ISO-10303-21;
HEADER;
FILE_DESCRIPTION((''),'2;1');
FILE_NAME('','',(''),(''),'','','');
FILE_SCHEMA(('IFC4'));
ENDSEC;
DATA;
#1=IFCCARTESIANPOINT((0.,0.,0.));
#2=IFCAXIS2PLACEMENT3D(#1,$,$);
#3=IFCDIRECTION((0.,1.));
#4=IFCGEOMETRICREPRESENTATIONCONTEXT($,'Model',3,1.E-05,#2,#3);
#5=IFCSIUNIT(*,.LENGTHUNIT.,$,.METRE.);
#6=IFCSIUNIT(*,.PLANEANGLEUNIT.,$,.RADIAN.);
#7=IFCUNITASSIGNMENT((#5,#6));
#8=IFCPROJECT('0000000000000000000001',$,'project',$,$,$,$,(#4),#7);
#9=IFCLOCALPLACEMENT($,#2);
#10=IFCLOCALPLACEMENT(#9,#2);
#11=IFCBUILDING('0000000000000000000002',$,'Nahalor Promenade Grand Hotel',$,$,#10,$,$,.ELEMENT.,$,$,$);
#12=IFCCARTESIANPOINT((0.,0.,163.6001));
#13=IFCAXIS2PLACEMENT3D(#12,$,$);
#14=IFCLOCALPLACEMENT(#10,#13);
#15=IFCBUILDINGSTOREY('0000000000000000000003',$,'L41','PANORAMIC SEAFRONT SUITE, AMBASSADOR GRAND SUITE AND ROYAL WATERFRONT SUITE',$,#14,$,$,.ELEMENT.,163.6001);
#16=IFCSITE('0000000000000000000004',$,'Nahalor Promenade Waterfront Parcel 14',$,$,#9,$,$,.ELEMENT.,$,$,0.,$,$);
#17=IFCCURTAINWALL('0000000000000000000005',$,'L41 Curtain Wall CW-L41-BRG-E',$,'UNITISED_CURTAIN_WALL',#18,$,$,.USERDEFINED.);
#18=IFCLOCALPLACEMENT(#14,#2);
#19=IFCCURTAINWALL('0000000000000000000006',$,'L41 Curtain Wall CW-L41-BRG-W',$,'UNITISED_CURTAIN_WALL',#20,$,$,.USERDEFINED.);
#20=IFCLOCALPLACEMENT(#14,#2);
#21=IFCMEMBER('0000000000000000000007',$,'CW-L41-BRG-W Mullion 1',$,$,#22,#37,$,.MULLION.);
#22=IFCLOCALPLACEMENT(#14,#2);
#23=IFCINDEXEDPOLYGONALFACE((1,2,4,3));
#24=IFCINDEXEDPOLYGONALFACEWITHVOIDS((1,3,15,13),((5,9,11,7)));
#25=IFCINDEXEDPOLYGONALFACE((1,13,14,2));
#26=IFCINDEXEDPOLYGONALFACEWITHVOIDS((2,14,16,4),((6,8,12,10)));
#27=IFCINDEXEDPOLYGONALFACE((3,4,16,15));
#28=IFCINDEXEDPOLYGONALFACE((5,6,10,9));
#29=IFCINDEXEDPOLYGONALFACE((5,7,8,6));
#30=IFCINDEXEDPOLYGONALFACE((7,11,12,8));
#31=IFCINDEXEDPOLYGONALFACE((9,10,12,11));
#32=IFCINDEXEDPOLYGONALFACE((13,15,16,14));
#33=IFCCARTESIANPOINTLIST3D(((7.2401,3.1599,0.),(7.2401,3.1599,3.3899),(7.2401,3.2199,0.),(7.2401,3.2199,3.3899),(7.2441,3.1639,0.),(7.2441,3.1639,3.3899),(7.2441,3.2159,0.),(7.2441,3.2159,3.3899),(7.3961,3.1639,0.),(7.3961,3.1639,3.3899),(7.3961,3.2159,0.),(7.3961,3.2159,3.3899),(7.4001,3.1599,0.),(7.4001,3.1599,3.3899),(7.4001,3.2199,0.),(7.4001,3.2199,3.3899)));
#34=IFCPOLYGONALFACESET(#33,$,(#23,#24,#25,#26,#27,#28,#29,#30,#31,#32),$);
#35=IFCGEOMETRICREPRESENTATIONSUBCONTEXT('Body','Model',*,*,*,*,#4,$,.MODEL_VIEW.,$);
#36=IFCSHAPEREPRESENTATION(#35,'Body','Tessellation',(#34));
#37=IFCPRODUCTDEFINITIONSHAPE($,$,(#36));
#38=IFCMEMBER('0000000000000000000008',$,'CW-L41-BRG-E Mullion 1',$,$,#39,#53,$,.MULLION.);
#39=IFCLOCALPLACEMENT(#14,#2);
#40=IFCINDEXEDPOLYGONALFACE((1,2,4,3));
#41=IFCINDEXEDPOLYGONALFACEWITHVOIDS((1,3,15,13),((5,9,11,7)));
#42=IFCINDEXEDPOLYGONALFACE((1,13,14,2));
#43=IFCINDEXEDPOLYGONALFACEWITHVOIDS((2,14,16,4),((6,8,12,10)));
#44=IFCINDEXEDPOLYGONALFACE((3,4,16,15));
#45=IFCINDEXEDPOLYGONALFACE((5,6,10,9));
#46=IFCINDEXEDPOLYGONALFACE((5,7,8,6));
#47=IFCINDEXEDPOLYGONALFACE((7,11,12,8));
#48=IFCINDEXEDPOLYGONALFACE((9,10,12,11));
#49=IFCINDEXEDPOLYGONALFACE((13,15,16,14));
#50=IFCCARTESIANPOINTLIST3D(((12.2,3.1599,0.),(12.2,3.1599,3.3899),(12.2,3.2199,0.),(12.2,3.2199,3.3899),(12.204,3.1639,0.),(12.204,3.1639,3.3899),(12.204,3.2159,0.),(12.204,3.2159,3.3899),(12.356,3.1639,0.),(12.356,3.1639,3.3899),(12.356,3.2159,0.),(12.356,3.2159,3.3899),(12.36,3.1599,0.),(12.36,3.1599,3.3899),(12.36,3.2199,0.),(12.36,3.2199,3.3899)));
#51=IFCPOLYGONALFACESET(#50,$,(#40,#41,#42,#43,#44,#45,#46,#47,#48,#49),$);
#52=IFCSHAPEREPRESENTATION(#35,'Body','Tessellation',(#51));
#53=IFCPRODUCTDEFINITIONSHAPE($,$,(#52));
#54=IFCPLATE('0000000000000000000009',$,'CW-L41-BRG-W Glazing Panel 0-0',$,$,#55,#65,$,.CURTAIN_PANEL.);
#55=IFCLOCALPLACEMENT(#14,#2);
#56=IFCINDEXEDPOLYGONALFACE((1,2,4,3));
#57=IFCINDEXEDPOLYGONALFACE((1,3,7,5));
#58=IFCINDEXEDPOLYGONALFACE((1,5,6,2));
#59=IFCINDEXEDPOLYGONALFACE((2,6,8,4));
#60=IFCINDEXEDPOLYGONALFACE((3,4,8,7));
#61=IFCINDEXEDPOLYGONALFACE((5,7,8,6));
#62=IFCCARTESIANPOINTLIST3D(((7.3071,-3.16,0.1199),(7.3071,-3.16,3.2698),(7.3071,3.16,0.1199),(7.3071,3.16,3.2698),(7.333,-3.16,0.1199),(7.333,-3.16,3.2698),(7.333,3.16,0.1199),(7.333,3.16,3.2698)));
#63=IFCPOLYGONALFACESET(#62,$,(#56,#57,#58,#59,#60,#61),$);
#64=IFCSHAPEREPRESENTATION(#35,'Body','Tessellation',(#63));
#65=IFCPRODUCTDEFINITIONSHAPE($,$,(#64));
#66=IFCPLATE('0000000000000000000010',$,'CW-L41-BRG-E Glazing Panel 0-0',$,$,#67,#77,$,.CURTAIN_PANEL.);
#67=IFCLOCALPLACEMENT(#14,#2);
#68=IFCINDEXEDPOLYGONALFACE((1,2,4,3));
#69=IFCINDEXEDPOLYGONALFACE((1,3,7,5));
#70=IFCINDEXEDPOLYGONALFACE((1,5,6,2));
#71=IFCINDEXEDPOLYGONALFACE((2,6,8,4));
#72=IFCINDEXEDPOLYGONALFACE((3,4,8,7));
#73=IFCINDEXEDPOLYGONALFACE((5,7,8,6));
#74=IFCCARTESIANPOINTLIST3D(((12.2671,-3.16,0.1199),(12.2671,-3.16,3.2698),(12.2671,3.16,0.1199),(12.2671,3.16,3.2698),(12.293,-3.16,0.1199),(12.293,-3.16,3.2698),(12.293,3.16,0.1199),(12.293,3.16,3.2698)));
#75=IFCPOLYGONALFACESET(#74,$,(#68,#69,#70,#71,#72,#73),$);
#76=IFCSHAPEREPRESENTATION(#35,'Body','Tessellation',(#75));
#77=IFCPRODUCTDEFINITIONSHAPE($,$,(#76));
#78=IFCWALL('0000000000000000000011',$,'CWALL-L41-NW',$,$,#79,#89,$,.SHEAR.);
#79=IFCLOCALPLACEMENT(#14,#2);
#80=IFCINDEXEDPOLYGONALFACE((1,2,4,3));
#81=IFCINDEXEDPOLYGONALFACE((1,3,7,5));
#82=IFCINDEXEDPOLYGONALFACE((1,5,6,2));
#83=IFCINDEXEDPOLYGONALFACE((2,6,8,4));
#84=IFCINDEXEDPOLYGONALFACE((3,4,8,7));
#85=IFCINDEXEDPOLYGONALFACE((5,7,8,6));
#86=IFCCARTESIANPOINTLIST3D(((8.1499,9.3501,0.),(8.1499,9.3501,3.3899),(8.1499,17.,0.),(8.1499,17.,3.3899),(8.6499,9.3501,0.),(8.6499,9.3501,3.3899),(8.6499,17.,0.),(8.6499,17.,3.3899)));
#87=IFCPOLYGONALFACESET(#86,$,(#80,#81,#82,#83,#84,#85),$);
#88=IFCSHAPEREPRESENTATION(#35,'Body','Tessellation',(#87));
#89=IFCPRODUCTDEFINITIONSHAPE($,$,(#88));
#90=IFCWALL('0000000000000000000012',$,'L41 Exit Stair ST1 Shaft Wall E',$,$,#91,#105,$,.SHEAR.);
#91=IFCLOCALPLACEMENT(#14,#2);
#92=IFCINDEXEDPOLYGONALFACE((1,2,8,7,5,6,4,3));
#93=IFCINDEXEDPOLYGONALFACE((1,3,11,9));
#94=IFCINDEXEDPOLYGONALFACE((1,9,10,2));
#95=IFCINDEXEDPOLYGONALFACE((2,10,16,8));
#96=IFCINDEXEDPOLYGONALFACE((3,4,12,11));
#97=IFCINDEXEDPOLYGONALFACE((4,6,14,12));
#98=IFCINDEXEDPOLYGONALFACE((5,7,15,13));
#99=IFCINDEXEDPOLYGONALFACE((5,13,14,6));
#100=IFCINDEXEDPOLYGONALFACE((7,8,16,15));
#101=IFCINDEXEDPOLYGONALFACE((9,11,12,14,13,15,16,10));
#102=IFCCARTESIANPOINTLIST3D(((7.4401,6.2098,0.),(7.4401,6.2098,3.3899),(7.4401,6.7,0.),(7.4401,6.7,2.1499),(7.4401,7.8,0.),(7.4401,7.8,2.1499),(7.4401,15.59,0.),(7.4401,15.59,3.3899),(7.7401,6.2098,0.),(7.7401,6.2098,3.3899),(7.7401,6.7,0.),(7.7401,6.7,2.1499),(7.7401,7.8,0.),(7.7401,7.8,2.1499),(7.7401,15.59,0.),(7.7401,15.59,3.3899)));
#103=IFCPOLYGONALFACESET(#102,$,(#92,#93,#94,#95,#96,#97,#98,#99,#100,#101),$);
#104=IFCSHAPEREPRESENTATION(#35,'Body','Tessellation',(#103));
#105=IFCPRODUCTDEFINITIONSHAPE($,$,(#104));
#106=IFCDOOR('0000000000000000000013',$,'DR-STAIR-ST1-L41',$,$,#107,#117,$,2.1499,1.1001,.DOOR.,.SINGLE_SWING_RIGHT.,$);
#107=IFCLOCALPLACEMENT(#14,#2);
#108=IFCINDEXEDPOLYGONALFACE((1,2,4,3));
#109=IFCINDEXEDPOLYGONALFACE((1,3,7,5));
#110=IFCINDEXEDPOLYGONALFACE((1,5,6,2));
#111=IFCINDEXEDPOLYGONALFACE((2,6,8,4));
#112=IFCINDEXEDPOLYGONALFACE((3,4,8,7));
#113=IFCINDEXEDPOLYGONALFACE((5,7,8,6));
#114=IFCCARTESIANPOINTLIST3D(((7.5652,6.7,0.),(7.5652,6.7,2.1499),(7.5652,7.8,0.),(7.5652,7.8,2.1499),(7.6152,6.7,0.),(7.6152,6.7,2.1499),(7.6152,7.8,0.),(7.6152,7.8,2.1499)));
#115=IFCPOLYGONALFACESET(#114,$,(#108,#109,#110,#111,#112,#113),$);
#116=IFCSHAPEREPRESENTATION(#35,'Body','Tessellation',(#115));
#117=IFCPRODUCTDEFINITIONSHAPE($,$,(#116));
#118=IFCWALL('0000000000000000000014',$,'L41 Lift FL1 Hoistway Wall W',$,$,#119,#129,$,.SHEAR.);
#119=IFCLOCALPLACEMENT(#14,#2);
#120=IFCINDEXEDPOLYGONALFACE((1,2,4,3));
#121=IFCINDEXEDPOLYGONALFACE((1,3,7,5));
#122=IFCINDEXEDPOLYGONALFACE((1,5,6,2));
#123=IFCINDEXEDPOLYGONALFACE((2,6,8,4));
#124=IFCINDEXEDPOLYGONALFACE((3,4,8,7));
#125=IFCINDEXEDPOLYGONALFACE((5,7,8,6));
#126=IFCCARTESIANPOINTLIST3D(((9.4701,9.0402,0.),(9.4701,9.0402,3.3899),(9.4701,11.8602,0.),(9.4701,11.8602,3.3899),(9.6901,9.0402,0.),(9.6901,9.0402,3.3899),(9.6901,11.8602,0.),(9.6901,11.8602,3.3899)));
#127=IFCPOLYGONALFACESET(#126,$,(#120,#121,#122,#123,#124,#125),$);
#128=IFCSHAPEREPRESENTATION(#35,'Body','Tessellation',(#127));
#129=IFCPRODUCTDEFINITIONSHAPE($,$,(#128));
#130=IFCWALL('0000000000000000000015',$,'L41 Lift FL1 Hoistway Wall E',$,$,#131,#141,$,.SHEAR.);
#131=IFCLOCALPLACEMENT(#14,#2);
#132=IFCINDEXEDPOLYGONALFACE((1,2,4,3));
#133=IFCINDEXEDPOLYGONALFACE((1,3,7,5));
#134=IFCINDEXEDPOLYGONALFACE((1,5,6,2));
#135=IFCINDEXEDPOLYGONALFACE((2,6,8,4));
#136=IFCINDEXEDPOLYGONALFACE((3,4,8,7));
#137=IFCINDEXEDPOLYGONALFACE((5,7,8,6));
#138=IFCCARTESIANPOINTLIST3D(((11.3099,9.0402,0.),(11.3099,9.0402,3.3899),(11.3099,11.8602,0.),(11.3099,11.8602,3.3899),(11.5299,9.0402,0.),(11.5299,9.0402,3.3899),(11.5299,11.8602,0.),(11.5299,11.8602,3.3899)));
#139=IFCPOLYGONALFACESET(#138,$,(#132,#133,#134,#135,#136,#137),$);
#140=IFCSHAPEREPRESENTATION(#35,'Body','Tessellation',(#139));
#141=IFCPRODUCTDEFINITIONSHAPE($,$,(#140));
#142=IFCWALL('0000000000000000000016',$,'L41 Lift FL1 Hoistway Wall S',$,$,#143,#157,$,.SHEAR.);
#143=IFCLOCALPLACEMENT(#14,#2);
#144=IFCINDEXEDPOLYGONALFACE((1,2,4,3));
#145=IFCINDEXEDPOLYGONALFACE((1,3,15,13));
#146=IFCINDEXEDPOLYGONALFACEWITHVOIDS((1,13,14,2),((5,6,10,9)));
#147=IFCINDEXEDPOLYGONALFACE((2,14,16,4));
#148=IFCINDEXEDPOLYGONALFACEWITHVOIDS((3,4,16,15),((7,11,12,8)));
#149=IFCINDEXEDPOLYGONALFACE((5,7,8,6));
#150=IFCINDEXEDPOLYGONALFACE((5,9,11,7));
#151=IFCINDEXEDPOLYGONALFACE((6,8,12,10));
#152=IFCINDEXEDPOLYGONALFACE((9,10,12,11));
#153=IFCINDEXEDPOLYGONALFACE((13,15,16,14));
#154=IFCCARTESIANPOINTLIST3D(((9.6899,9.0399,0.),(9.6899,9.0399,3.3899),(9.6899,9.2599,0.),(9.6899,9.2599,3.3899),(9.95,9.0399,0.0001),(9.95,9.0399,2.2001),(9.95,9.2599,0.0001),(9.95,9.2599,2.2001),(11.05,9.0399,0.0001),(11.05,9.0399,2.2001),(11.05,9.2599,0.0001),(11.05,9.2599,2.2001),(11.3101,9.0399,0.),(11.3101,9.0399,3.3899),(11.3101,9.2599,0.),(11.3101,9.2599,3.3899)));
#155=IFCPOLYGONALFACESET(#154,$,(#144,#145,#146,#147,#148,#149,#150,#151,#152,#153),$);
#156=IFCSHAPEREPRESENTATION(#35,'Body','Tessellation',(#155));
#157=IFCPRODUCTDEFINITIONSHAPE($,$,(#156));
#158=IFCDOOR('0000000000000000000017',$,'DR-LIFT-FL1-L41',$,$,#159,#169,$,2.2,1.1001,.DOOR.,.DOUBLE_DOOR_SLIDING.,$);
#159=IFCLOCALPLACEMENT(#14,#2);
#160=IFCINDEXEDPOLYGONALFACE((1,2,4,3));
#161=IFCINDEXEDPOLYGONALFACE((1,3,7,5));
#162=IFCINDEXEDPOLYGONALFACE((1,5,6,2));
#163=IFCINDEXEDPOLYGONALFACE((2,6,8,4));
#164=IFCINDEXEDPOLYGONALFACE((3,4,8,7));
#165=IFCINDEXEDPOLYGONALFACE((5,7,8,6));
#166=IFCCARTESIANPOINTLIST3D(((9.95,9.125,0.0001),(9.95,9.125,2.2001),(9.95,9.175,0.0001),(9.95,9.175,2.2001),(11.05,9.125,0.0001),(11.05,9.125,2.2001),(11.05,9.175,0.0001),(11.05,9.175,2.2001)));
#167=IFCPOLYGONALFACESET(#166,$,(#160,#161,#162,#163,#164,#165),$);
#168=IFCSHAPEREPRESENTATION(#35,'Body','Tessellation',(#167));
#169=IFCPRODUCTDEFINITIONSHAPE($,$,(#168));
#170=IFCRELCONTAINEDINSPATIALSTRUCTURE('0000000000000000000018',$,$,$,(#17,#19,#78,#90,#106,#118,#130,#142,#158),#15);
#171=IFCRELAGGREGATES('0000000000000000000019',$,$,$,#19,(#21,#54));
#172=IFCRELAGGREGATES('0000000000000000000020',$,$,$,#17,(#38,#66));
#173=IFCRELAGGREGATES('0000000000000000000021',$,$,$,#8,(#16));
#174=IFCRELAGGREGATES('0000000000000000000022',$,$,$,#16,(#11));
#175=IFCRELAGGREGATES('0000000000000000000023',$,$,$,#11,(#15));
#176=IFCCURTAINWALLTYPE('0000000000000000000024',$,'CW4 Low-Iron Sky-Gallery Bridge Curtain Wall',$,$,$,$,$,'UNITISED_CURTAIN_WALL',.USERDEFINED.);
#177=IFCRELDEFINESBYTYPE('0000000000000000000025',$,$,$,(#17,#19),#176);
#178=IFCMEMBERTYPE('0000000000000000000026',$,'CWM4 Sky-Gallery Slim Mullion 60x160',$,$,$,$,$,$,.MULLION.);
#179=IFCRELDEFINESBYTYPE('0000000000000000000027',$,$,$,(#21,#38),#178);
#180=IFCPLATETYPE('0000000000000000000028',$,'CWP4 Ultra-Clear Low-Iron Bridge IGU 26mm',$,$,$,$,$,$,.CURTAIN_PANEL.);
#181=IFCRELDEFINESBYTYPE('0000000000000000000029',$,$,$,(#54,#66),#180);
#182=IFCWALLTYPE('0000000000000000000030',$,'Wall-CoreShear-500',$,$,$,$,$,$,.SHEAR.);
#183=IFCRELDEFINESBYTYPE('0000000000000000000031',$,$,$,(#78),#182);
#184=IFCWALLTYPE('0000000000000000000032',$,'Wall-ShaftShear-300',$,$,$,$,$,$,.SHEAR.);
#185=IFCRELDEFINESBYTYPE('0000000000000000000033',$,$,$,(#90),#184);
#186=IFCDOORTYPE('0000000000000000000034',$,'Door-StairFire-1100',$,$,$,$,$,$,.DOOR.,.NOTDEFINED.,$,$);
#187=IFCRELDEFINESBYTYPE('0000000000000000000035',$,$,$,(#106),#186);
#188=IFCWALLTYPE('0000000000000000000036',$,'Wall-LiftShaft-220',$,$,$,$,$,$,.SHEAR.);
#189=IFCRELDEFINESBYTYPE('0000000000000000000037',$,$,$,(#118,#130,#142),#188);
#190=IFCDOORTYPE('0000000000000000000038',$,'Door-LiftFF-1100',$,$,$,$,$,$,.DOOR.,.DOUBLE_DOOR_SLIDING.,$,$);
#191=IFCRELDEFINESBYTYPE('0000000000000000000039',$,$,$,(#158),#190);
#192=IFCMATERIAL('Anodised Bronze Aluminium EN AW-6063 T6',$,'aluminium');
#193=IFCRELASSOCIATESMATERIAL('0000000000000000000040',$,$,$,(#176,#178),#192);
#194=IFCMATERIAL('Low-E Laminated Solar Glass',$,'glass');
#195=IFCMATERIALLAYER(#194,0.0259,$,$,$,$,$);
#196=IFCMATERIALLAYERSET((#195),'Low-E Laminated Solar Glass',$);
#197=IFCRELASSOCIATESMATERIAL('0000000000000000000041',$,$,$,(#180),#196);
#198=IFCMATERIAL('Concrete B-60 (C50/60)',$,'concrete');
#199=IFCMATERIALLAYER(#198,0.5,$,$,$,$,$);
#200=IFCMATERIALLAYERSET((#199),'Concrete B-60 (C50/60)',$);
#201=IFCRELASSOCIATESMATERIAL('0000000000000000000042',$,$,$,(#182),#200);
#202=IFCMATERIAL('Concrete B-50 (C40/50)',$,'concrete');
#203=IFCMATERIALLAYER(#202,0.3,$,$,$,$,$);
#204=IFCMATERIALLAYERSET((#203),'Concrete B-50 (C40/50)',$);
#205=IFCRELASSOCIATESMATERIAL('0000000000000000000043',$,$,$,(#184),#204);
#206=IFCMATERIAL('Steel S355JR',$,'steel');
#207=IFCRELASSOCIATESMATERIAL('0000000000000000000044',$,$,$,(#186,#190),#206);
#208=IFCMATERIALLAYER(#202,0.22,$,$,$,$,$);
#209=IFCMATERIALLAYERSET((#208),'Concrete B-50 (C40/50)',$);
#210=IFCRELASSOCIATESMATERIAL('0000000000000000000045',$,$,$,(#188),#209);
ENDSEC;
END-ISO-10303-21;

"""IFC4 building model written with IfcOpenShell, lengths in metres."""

from ifc_helpers import new_model, si_unit, direction, frame, frame_2d, origin, origin_2d, place, context, subcontext, project, spatial, rectangle, hollow_rectangle, extrude, source, transform, mapped, material, layer, layer_set, material_profile, profile_set, type_object, element, fill, aggregate, save


model = new_model("IFC4")

# Units and contexts
model_context = context("Model", 3, precision=1e-05, world=origin(), true_north=direction((0.0, 1.0)))
body_context = subcontext(model_context, "Body", "Model", "MODEL_VIEW")
ifc_project = project(units=[si_unit("LENGTHUNIT", "METRE"), si_unit("PLANEANGLEUNIT", "RADIAN")], contexts=[model_context])

# Site, building, storey
site_placement = place(None, origin())
site = spatial("IfcSite", under=ifc_project, at=site_placement, Name="Nahalor Promenade Waterfront Parcel 14", CompositionType="ELEMENT", RefElevation=0.0)
building_placement = place(site_placement, origin())
building = spatial("IfcBuilding", under=site, at=building_placement, Name="Nahalor Promenade Grand Hotel", CompositionType="ELEMENT")
storey_placement = place(building_placement, frame((0.0, 0.0, 163.6001)))
storey = spatial("IfcBuildingStorey", under=building, at=storey_placement, Name="L41", Description="PANORAMIC SEAFRONT SUITE, AMBASSADOR GRAND SUITE AND ROYAL WATERFRONT SUITE", CompositionType="ELEMENT", Elevation=163.6001)

# Shared definitions
ifc_material_1 = material(Name="Steel S355JR", Category="steel")

# Curtain wall
ifc_material_2 = material(Name="Anodised Bronze Aluminium EN AW-6063 T6", Category="aluminium")
curtain_wall_type_1 = type_object("IfcCurtainWallType", Name="CW4 Low-Iron Sky-Gallery Bridge Curtain Wall", ElementType="UNITISED_CURTAIN_WALL", PredefinedType="USERDEFINED", material=ifc_material_2)
curtain_wall_1_placement = place(storey_placement, origin())
curtain_wall_1 = element("IfcCurtainWall", 1, at=curtain_wall_1_placement, inside=storey, type_object=curtain_wall_type_1, Name="L41 Curtain Wall CW-L41-BRG-E", ObjectType="UNITISED_CURTAIN_WALL", PredefinedType="USERDEFINED")

# Curtain wall, member
curtain_wall_2_placement = place(storey_placement, origin())
curtain_wall_2 = element("IfcCurtainWall", 2, at=curtain_wall_2_placement, inside=storey, type_object=curtain_wall_type_1, Name="L41 Curtain Wall CW-L41-BRG-W", ObjectType="UNITISED_CURTAIN_WALL", PredefinedType="USERDEFINED")
ifc_material_profile_1 = material_profile(ifc_material_2, hollow_rectangle(XDim=0.06, YDim=0.16, WallThickness=0.004, at=origin_2d()), Name="CWM 60x160x4")
ifc_profile_set_1 = profile_set([ifc_material_profile_1], Name="Anodised Bronze Aluminium EN AW-6063 T6")
member_type_1 = type_object("IfcMemberType", Name="CWM4 Sky-Gallery Slim Mullion 60x160", PredefinedType="MULLION", material=ifc_profile_set_1)
shared_shape_1 = source(origin(), body_context, "Body", "SweptSolid", [
    extrude(hollow_rectangle(XDim=0.06, YDim=0.16, WallThickness=0.004, at=origin_2d()), origin(), (0.0, 0.0, 1.0), 3.3899),
])
member_1_placement = place(storey_placement, frame((7.3201, 3.1899, 0.0), z_axis=(0.0, 0.0, 1.0), x_axis=(0.0, 1.0, 0.0)))
member_1 = element("IfcMember", 3, at=member_1_placement, type_object=member_type_1, Name="CW-L41-BRG-W Mullion 1", PredefinedType="MULLION", context=body_context, shape_type="MappedRepresentation", body=[
    mapped(shared_shape_1, transform((0.0, 0.0, 0.0), scale=1.0)),
])

# Member
member_2_placement = place(storey_placement, frame((12.28, 3.1899, 0.0), z_axis=(0.0, 0.0, 1.0), x_axis=(0.0, 1.0, 0.0)))
member_2 = element("IfcMember", 4, at=member_2_placement, type_object=member_type_1, Name="CW-L41-BRG-E Mullion 1", PredefinedType="MULLION", context=body_context, shape_type="MappedRepresentation", body=[
    mapped(shared_shape_1, transform((0.0, 0.0, 0.0), scale=1.0)),
])

# Plates
ifc_material_3 = material(Name="Low-E Laminated Solar Glass", Category="glass")
ifc_layer_1 = layer(ifc_material_3, 0.0259)
ifc_layer_set_1 = layer_set([ifc_layer_1], Name="Low-E Laminated Solar Glass")
plate_type = type_object("IfcPlateType", Name="CWP4 Ultra-Clear Low-Iron Bridge IGU 26mm", PredefinedType="CURTAIN_PANEL", material=ifc_layer_set_1)
shared_shape_2 = source(origin(), body_context, "Body", "SweptSolid", [
    extrude(rectangle(XDim=6.3201, YDim=0.0259, at=origin_2d()), origin(), (0.0, 0.0, 1.0), 3.1499),
])
plate_1_placement = place(storey_placement, frame((7.3201, 0.0, 0.1199), z_axis=(0.0, 0.0, 1.0), x_axis=(0.0, 1.0, 0.0)))
plate_1 = element("IfcPlate", 5, at=plate_1_placement, type_object=plate_type, Name="CW-L41-BRG-W Glazing Panel 0-0", PredefinedType="CURTAIN_PANEL", context=body_context, shape_type="MappedRepresentation", body=[
    mapped(shared_shape_2, transform((0.0, 0.0, 0.0), scale=1.0)),
])
aggregate(curtain_wall_2, [member_1, plate_1])
plate_2_placement = place(storey_placement, frame((12.28, 0.0, 0.1199), z_axis=(0.0, 0.0, 1.0), x_axis=(0.0, 1.0, 0.0)))
plate_2 = element("IfcPlate", 6, at=plate_2_placement, type_object=plate_type, Name="CW-L41-BRG-E Glazing Panel 0-0", PredefinedType="CURTAIN_PANEL", context=body_context, shape_type="MappedRepresentation", body=[
    mapped(shared_shape_2, transform((0.0, 0.0, 0.0), scale=1.0)),
])
aggregate(curtain_wall_1, [member_2, plate_2])

# Wall
ifc_material_4 = material(Name="Concrete B-60 (C50/60)", Category="concrete")
ifc_layer_2 = layer(ifc_material_4, 0.5)
ifc_layer_set_2 = layer_set([ifc_layer_2], Name="Concrete B-60 (C50/60)")
wall_type_1 = type_object("IfcWallType", Name="Wall-CoreShear-500", PredefinedType="SHEAR", material=ifc_layer_set_2)
shared_shape_3 = source(origin(), body_context, "Body", "SweptSolid", [
    extrude(rectangle(XDim=7.6499, YDim=0.5, at=frame_2d((3.825, 0.0))), origin(), (0.0, 0.0, 1.0), 3.3899),
])
wall_1_placement = place(storey_placement, frame((8.3999, 9.3501, 0.0), z_axis=(0.0, 0.0, 1.0), x_axis=(0.0, 1.0, 0.0)))
element("IfcWall", 7, at=wall_1_placement, inside=storey, type_object=wall_type_1, Name="CWALL-L41-NW", PredefinedType="SHEAR", context=body_context, shape_type="MappedRepresentation", body=[
    mapped(shared_shape_3, transform((0.0, 0.0, 0.0), scale=1.0)),
])

# Wall, opening, door
ifc_material_5 = material(Name="Concrete B-50 (C40/50)", Category="concrete")
ifc_layer_3 = layer(ifc_material_5, 0.3)
ifc_layer_set_3 = layer_set([ifc_layer_3], Name="Concrete B-50 (C40/50)")
wall_type_2 = type_object("IfcWallType", Name="Wall-ShaftShear-300", PredefinedType="SHEAR", material=ifc_layer_set_3)
shared_shape_4 = source(origin(), body_context, "Body", "SweptSolid", [
    extrude(rectangle(XDim=9.3801, YDim=0.3, at=frame_2d((4.6899, 0.0))), origin(), (0.0, 0.0, 1.0), 3.3899),
])
wall_2_placement = place(storey_placement, frame((7.5901, 6.21, 0.0), z_axis=(0.0, 0.0, 1.0), x_axis=(0.0, 1.0, 0.0)))
wall_2 = element("IfcWall", 8, at=wall_2_placement, inside=storey, type_object=wall_type_2, Name="L41 Exit Stair ST1 Shaft Wall E", PredefinedType="SHEAR", context=body_context, shape_type="MappedRepresentation", body=[
    mapped(shared_shape_4, transform((0.0, 0.0, 0.0), scale=1.0)),
])
opening_1_placement = place(wall_2_placement, frame((0.49, 0.0, 0.0)))
opening_1 = element("IfcOpeningElement", 9, at=opening_1_placement, cuts=wall_2, PredefinedType="OPENING", context=body_context, shape_type="SweptSolid", body=[
    extrude(rectangle(XDim=1.1001, YDim=2.1499, at=frame_2d((0.55, 1.075))), frame((0.0, 0.1599, 0.0), z_axis=(0.0, -1.0, 0.0), x_axis=(1.0, 0.0, 0.0)), (0.0, 0.0, 1.0), 0.3201),
])
door_type_1 = type_object("IfcDoorType", Name="Door-StairFire-1100", OperationType="NOTDEFINED", PredefinedType="DOOR", material=ifc_material_1)
shared_shape_5 = source(origin(), body_context, "Body", "SweptSolid", [
    extrude(rectangle(XDim=1.1001, YDim=2.1499, at=frame_2d((0.55, 1.075))), frame((0.0, 0.0249, 0.0), z_axis=(0.0, -1.0, 0.0), x_axis=(1.0, 0.0, 0.0)), (0.0, 0.0, 1.0), 0.05),
])
door_1_placement = place(opening_1_placement, origin())
door_1 = element("IfcDoor", 10, at=door_1_placement, inside=storey, type_object=door_type_1, Name="DR-STAIR-ST1-L41", OperationType="SINGLE_SWING_RIGHT", OverallHeight=2.1499, OverallWidth=1.1001, PredefinedType="DOOR", context=body_context, shape_type="MappedRepresentation", body=[
    mapped(shared_shape_5, transform((0.0, 0.0, 0.0), scale=1.0)),
])
fill(opening_1, door_1)

# Walls
ifc_layer_4 = layer(ifc_material_5, 0.22)
ifc_layer_set_4 = layer_set([ifc_layer_4], Name="Concrete B-50 (C40/50)")
wall_type_3 = type_object("IfcWallType", Name="Wall-LiftShaft-220", PredefinedType="SHEAR", material=ifc_layer_set_4)
shared_shape_6 = source(origin(), body_context, "Body", "SweptSolid", [
    extrude(rectangle(XDim=2.8201, YDim=0.22, at=frame_2d((1.4102, 0.0))), origin(), (0.0, 0.0, 1.0), 3.3899),
])
for number, where, z_axis, x_axis, name in (
    (11, (9.5801, 9.04, 0.0), (0.0, 0.0, 1.0), (0.0, 1.0, 0.0), "L41 Lift FL1 Hoistway Wall W"),
    (12, (11.4199, 9.04, 0.0), (0.0, 0.0, 1.0), (0.0, 1.0, 0.0), "L41 Lift FL1 Hoistway Wall E"),
):
    element("IfcWall", number, at=place(storey_placement, frame(where, z_axis=z_axis, x_axis=x_axis)), inside=storey, type_object=wall_type_3, Name=name, PredefinedType="SHEAR", context=body_context, shape_type="MappedRepresentation", body=[
        mapped(shared_shape_6, transform((0.0, 0.0, 0.0), scale=1.0)),
    ])

# Wall, opening, door
shared_shape_7 = source(origin(), body_context, "Body", "SweptSolid", [
    extrude(rectangle(XDim=1.6201, YDim=0.22, at=frame_2d((0.8101, 0.0))), origin(), (0.0, 0.0, 1.0), 3.3899),
])
wall_3_placement = place(storey_placement, frame((9.6899, 9.1499, 0.0), z_axis=(0.0, 0.0, 1.0), x_axis=(1.0, 0.0, 0.0)))
wall_3 = element("IfcWall", 13, at=wall_3_placement, inside=storey, type_object=wall_type_3, Name="L41 Lift FL1 Hoistway Wall S", PredefinedType="SHEAR", context=body_context, shape_type="MappedRepresentation", body=[
    mapped(shared_shape_7, transform((0.0, 0.0, 0.0), scale=1.0)),
])
opening_2_placement = place(wall_3_placement, frame((0.26, 0.0, 0.0)))
opening_2 = element("IfcOpeningElement", 14, at=opening_2_placement, cuts=wall_3, PredefinedType="OPENING", context=body_context, shape_type="SweptSolid", body=[
    extrude(rectangle(XDim=1.1001, YDim=2.2, at=frame_2d((0.55, 1.1001))), frame((0.0, 0.1199, 0.0), z_axis=(0.0, -1.0, 0.0), x_axis=(1.0, 0.0, 0.0)), (0.0, 0.0, 1.0), 0.24),
])
door_type_2 = type_object("IfcDoorType", Name="Door-LiftFF-1100", OperationType="DOUBLE_DOOR_SLIDING", PredefinedType="DOOR", material=ifc_material_1)
shared_shape_8 = source(origin(), body_context, "Body", "SweptSolid", [
    extrude(rectangle(XDim=1.1001, YDim=2.2, at=frame_2d((0.55, 1.1001))), frame((0.0, 0.0249, 0.0), z_axis=(0.0, -1.0, 0.0), x_axis=(1.0, 0.0, 0.0)), (0.0, 0.0, 1.0), 0.05),
])
door_2_placement = place(opening_2_placement, frame((1.1001, 0.0, 0.0), z_axis=(0.0, 0.0, 1.0), x_axis=(-1.0, 0.0, 0.0)))
door_2 = element("IfcDoor", 15, at=door_2_placement, inside=storey, type_object=door_type_2, Name="DR-LIFT-FL1-L41", OperationType="DOUBLE_DOOR_SLIDING", OverallHeight=2.2, OverallWidth=1.1001, PredefinedType="DOOR", context=body_context, shape_type="MappedRepresentation", body=[
    mapped(shared_shape_8, transform((0.0, 0.0, 0.0), scale=1.0)),
])
fill(opening_2, door_2)

save(model, "model.ifc")
